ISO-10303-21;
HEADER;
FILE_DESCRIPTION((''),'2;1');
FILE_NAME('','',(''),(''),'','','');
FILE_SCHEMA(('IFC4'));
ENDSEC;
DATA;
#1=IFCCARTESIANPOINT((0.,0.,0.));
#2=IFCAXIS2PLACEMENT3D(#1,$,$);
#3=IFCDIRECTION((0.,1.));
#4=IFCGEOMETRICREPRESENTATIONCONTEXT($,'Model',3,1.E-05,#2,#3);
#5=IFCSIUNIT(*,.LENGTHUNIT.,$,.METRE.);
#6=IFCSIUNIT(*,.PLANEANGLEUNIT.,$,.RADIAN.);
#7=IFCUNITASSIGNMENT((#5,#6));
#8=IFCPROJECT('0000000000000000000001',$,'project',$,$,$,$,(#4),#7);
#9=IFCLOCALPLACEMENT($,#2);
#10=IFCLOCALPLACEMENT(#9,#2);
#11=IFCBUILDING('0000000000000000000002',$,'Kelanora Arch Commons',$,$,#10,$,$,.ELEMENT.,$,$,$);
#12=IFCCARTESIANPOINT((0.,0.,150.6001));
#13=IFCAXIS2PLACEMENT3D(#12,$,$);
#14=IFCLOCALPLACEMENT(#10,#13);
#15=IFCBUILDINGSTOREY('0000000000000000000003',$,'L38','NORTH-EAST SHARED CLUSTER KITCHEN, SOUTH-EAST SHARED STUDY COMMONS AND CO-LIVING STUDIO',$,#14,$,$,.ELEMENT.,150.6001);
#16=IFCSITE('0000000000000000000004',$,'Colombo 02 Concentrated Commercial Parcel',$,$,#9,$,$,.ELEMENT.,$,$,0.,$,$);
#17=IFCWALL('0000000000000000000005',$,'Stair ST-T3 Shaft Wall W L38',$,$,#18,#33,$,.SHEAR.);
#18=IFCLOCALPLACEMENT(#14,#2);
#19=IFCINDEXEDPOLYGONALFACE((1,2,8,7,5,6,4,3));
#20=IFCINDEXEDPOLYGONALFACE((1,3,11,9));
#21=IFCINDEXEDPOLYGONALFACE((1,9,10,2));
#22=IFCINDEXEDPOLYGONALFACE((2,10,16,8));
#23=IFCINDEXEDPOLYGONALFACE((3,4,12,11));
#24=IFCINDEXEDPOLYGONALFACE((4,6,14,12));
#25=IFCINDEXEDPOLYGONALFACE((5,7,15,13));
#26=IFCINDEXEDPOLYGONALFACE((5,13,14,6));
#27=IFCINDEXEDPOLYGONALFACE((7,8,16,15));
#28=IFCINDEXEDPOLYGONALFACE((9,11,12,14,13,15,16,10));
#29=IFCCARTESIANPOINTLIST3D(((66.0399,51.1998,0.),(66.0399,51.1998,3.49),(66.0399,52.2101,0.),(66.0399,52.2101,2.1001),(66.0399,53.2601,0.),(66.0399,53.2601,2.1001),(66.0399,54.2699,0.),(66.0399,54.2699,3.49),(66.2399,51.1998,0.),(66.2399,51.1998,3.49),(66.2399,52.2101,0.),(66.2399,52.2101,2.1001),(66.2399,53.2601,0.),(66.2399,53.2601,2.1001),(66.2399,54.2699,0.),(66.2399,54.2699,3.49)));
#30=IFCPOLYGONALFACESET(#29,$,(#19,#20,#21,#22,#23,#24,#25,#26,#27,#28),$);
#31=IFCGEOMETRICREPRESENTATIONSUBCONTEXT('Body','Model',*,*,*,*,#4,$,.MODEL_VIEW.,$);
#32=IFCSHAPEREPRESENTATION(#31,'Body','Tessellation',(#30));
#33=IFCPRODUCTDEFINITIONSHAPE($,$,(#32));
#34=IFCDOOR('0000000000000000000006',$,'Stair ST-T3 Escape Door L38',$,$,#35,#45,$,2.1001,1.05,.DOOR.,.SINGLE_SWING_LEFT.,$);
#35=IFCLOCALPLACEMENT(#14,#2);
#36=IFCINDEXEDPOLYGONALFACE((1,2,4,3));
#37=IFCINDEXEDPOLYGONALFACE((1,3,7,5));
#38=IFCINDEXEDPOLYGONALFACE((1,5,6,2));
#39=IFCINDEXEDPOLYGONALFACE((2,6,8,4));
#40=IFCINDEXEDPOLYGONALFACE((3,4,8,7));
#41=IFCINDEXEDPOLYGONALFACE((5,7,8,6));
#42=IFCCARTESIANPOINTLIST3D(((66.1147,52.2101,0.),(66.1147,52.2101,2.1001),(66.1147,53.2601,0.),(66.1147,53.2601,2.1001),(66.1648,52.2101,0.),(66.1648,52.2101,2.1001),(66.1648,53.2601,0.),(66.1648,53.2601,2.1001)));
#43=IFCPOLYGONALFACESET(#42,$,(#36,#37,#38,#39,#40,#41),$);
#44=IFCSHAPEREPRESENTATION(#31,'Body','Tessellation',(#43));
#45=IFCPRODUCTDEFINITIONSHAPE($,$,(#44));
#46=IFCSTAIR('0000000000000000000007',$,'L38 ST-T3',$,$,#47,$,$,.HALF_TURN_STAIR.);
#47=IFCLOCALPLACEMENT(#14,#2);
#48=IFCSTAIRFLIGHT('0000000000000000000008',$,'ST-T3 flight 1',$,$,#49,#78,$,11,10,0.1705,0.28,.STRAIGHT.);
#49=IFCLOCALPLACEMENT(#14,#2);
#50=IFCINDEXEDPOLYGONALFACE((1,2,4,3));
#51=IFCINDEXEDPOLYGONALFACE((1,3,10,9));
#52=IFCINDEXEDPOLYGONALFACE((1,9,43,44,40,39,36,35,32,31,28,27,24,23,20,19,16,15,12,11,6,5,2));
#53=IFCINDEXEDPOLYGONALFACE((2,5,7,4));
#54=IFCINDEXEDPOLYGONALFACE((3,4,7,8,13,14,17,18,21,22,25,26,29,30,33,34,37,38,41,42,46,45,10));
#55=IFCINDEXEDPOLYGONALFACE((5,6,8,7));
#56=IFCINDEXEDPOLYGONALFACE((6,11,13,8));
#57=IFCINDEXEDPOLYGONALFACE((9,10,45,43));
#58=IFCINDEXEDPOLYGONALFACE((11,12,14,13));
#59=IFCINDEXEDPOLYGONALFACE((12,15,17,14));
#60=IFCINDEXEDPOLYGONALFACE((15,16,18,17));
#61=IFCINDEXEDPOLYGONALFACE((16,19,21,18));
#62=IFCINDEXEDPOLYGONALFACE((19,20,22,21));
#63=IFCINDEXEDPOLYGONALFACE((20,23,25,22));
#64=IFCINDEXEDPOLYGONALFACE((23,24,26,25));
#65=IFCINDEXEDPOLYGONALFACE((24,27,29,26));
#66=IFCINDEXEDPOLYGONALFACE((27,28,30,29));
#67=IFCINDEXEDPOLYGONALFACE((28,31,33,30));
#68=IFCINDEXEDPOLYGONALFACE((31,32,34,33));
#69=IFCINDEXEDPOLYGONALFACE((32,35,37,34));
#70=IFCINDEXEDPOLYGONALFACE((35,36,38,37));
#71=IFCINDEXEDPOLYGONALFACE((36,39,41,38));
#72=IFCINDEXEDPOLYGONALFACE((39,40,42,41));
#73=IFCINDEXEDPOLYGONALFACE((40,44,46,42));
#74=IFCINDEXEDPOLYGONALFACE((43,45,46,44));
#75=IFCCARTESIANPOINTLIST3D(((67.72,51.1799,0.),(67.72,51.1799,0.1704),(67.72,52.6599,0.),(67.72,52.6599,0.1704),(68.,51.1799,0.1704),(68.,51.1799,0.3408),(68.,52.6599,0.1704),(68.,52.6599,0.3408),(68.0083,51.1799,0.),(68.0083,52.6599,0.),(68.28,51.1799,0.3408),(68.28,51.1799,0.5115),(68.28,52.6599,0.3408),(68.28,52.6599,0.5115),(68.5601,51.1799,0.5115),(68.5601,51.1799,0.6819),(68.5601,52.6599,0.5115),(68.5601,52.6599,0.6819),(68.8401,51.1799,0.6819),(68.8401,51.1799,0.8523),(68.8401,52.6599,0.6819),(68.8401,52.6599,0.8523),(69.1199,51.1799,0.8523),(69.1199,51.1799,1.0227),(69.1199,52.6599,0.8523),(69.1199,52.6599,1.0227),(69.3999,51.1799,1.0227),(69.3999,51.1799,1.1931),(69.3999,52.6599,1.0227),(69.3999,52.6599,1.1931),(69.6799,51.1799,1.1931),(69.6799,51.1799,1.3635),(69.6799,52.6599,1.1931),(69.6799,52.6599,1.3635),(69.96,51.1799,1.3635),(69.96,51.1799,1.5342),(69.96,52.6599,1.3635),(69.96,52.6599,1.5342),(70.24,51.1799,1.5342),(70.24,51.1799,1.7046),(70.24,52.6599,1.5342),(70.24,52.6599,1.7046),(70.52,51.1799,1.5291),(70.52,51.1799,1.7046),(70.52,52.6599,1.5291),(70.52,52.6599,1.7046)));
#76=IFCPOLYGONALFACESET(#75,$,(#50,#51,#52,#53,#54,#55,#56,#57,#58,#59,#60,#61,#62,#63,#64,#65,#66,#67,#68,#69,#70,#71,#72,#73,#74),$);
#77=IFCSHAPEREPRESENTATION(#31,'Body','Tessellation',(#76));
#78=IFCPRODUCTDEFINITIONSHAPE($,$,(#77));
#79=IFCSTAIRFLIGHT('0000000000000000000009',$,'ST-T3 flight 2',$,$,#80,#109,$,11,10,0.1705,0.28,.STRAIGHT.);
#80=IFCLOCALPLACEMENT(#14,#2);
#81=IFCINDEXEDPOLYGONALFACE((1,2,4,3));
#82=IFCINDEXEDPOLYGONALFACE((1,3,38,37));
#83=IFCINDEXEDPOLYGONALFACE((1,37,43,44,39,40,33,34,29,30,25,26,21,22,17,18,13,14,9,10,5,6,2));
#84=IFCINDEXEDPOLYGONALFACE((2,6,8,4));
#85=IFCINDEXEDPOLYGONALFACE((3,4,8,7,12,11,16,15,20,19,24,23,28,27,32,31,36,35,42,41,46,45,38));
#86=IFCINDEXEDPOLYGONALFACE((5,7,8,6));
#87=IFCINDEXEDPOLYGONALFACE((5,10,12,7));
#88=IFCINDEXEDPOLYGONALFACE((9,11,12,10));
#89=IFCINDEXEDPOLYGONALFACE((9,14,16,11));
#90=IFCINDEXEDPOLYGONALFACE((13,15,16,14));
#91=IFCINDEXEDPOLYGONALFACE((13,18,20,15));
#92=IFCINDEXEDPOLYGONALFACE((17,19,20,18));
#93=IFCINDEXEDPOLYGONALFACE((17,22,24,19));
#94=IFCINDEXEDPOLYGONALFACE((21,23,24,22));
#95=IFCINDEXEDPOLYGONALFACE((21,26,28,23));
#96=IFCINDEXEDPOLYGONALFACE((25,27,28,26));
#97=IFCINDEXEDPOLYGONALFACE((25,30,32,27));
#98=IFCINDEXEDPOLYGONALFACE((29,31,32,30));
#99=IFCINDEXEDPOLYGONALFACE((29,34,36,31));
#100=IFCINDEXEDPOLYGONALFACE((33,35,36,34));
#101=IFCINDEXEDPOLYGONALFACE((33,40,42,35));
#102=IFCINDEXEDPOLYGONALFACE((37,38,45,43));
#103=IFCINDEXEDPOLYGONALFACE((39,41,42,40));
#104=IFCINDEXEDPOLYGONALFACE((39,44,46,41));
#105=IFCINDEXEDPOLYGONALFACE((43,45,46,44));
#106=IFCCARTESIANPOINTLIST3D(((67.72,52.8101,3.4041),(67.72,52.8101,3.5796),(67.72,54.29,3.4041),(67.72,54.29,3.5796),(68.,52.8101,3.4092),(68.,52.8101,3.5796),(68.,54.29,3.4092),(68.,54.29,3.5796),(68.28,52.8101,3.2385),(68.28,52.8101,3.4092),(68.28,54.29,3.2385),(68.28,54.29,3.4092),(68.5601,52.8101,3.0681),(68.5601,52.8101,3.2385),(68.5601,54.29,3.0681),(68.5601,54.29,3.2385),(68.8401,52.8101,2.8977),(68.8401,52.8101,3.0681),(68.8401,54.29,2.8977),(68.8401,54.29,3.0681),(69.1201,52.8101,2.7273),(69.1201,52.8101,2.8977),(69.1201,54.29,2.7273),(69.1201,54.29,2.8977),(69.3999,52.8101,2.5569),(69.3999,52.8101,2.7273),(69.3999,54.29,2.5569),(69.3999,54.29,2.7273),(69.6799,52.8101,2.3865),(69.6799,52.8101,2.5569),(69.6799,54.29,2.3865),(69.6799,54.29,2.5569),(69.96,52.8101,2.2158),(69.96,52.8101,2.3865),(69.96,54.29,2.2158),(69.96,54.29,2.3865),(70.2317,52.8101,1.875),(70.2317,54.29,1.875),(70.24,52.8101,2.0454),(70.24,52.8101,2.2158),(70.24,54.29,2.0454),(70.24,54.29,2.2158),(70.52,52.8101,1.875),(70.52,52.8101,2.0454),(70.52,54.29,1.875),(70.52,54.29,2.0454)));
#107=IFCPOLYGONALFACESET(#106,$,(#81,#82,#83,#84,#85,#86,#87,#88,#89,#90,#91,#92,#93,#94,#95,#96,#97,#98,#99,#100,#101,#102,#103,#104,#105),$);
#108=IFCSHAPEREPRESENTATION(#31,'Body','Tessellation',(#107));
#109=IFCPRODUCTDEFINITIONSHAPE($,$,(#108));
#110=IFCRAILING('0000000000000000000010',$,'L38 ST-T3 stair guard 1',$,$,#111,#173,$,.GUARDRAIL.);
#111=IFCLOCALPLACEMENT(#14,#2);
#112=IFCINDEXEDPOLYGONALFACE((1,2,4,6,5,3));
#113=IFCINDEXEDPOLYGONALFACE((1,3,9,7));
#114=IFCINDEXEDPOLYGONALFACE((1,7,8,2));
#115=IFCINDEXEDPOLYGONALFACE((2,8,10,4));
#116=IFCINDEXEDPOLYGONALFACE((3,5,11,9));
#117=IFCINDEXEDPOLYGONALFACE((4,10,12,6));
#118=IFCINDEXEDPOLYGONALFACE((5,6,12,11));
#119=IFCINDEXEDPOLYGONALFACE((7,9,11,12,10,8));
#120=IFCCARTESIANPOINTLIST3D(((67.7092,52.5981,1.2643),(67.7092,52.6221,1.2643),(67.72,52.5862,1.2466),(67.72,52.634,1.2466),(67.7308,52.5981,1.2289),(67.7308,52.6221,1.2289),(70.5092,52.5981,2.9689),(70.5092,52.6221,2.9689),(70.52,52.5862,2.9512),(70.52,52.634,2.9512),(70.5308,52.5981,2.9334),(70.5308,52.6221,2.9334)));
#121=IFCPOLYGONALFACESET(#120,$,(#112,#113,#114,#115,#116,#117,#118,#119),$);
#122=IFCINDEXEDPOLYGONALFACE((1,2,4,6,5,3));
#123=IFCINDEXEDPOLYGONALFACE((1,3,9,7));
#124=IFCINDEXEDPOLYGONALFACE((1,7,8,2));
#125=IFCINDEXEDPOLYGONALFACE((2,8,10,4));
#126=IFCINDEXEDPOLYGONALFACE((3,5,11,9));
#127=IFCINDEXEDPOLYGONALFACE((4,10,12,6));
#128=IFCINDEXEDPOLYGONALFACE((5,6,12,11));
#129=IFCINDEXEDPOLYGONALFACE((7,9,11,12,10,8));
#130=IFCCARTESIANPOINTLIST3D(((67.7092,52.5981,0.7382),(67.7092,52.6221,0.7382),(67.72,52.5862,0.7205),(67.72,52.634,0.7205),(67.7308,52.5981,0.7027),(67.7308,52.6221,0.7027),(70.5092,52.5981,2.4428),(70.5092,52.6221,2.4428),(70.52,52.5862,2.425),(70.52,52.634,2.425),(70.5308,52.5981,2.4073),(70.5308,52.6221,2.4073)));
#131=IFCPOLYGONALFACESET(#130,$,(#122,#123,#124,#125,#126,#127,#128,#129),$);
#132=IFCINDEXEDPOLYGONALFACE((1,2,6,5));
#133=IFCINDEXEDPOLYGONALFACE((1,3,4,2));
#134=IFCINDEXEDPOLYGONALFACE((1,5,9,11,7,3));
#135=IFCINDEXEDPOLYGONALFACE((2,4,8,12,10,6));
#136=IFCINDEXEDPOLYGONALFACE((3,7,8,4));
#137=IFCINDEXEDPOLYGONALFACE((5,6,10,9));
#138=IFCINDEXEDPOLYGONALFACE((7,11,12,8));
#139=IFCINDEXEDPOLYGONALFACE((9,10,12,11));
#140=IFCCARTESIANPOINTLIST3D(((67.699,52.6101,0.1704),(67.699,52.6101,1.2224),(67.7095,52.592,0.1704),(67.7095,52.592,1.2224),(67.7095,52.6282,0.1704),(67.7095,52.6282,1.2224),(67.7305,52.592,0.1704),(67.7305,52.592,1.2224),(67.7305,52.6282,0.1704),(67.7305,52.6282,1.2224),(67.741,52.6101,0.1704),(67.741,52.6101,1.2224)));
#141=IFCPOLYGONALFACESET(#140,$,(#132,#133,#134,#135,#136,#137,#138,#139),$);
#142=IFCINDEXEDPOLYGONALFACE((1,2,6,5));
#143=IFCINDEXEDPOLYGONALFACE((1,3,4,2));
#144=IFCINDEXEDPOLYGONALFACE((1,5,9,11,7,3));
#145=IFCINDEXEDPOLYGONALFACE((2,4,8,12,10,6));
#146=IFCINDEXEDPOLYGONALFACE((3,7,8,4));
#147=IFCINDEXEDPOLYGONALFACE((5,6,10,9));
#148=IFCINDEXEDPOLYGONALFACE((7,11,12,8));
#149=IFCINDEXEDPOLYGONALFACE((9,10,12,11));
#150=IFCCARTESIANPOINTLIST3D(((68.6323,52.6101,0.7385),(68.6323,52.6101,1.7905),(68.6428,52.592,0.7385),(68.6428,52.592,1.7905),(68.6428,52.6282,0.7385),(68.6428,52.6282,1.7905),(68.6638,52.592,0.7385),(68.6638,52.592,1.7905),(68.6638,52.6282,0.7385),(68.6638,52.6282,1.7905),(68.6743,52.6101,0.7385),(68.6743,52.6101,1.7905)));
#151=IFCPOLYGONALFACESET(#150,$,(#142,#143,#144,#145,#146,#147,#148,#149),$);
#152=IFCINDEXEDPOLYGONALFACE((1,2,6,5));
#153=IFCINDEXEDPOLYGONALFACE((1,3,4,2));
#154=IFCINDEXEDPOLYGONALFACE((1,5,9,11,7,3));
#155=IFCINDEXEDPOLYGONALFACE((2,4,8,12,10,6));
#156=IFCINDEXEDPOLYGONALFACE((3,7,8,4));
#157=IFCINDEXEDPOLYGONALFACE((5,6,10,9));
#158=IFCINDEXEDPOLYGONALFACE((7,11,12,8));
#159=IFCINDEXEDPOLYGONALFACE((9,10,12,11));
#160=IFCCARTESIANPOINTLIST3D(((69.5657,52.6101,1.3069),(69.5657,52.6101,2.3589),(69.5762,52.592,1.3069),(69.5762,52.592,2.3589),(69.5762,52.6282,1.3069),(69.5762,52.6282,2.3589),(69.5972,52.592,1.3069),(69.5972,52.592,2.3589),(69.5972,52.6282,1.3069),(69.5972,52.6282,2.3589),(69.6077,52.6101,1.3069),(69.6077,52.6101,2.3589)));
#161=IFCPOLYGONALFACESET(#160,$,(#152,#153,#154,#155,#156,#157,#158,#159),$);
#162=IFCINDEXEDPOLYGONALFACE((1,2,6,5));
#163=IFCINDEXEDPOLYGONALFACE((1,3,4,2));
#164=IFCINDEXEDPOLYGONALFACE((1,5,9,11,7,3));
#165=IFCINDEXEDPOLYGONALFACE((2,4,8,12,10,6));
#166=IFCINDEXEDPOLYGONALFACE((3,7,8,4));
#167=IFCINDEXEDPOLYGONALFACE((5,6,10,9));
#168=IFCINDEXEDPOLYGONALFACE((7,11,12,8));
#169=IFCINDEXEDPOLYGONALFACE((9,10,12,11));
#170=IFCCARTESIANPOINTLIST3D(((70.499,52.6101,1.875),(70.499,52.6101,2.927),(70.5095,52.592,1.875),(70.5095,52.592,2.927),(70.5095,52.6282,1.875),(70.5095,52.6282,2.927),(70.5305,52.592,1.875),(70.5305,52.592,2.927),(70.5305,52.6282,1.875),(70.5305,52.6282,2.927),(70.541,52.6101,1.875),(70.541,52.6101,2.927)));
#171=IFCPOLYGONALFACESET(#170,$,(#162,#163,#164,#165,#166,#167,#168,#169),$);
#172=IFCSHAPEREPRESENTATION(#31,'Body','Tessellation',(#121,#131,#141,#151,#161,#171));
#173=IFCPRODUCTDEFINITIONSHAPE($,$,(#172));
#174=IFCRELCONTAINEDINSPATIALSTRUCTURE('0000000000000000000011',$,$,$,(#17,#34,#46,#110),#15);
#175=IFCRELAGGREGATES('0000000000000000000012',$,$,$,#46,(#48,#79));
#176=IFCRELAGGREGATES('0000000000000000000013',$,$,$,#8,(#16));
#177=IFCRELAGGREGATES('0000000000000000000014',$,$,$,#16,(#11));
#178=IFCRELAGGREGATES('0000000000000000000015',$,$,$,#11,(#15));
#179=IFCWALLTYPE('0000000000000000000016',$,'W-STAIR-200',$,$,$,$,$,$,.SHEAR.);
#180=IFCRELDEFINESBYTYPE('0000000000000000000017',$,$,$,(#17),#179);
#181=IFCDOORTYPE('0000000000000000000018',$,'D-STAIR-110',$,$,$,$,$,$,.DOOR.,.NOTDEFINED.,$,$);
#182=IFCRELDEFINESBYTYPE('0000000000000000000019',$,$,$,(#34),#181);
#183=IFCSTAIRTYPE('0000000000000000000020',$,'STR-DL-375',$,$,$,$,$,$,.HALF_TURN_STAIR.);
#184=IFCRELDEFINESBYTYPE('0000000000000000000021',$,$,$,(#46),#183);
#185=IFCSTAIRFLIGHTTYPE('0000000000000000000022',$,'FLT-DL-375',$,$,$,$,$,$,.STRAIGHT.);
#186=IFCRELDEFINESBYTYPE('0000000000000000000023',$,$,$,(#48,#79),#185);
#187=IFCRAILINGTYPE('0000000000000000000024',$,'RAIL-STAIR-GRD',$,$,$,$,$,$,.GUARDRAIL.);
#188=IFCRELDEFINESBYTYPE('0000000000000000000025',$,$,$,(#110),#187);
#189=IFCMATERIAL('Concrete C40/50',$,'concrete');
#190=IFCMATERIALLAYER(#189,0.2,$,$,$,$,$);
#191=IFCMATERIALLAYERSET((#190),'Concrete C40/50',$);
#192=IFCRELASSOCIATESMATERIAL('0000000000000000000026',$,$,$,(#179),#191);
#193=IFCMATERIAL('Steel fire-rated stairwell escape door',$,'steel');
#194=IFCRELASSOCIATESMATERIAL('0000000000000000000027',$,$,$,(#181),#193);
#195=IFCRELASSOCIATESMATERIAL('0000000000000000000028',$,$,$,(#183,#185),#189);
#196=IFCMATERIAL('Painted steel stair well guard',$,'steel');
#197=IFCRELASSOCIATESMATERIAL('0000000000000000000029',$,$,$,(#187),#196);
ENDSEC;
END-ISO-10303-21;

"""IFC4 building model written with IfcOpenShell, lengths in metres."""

from ifc_helpers import new_model, si_unit, direction, frame, frame_2d, origin, place, context, subcontext, project, spatial, polyline, rectangle, outline, extrude, material, layer, layer_set, type_object, element, fill, aggregate, save


model = new_model("IFC4")

# Units and contexts
model_context = context("Model", 3, precision=1e-05, world=origin(), true_north=direction((0.0, 1.0)))
body_context = subcontext(model_context, "Body", "Model", "MODEL_VIEW")
ifc_project = project(units=[si_unit("LENGTHUNIT", "METRE"), si_unit("PLANEANGLEUNIT", "RADIAN")], contexts=[model_context])

# Site, building, storey
site_placement = place(None, origin())
site = spatial("IfcSite", under=ifc_project, at=site_placement, Name="Colombo 02 Concentrated Commercial Parcel", CompositionType="ELEMENT", RefElevation=0.0)
building_placement = place(site_placement, origin())
building = spatial("IfcBuilding", under=site, at=building_placement, Name="Kelanora Arch Commons", CompositionType="ELEMENT")
storey_placement = place(building_placement, frame((0.0, 0.0, 150.6001)))
storey = spatial("IfcBuildingStorey", under=building, at=storey_placement, Name="L38", Description="NORTH-EAST SHARED CLUSTER KITCHEN, SOUTH-EAST SHARED STUDY COMMONS AND CO-LIVING STUDIO", CompositionType="ELEMENT", Elevation=150.6001)

# Shared definitions
ifc_material_1 = material(Name="Concrete C40/50", Category="concrete")

# Shared definitions
ifc_layer_1 = layer(ifc_material_1, 0.2)
ifc_layer_set_1 = layer_set([ifc_layer_1], Name="Concrete C40/50")
wall_type_1 = type_object("IfcWallType", Name="W-STAIR-200", PredefinedType="SHEAR", material=ifc_layer_set_1)

# Wall, opening, door
wall_1_placement = place(storey_placement, frame((66.1399, 54.27, 0.0), z_axis=(0.0, 0.0, 1.0), x_axis=(0.0, -1.0, 0.0)))
wall_1 = element("IfcWall", 1, at=wall_1_placement, inside=storey, type_object=wall_type_1, Name="Stair ST-T3 Shaft Wall W L38", PredefinedType="SHEAR", context=body_context, shape_type="SweptSolid", body=[
    extrude(rectangle(XDim=3.0701, YDim=0.2, at=frame_2d((1.5352, 0.0))), origin(), (0.0, 0.0, 1.0), 3.49),
])
opening_1_placement = place(wall_1_placement, frame((1.01, 0.0, 0.0)))
opening_1 = element("IfcOpeningElement", 2, at=opening_1_placement, cuts=wall_1, PredefinedType="OPENING", context=body_context, shape_type="SweptSolid", body=[
    extrude(rectangle(XDim=1.05, YDim=2.1001, at=frame_2d((0.5249, 1.05))), frame((0.0, 0.1099, 0.0), z_axis=(0.0, -1.0, 0.0), x_axis=(1.0, 0.0, 0.0)), (0.0, 0.0, 1.0), 0.22),
])
ifc_material_2 = material(Name="Steel fire-rated stairwell escape door", Category="steel")
door_type_1 = type_object("IfcDoorType", Name="D-STAIR-110", OperationType="NOTDEFINED", PredefinedType="DOOR", material=ifc_material_2)
door_1_placement = place(opening_1_placement, origin())
door_1 = element("IfcDoor", 3, at=door_1_placement, inside=storey, type_object=door_type_1, Name="Stair ST-T3 Escape Door L38", OperationType="SINGLE_SWING_LEFT", OverallHeight=2.1001, OverallWidth=1.05, PredefinedType="DOOR", context=body_context, shape_type="SweptSolid", body=[
    extrude(rectangle(XDim=1.05, YDim=2.1001, at=frame_2d((0.5249, 1.05))), frame((0.0, 0.0249, 0.0), z_axis=(0.0, -1.0, 0.0), x_axis=(1.0, 0.0, 0.0)), (0.0, 0.0, 1.0), 0.05),
])
fill(opening_1, door_1)

# Stair, stair flights
stair_type = type_object("IfcStairType", Name="STR-DL-375", PredefinedType="HALF_TURN_STAIR", material=ifc_material_1)
stair_placement = place(storey_placement, origin())
stair = element("IfcStair", 4, at=stair_placement, inside=storey, type_object=stair_type, Name="L38 ST-T3", PredefinedType="HALF_TURN_STAIR")
stair_flight_type = type_object("IfcStairFlightType", Name="FLT-DL-375", PredefinedType="STRAIGHT", material=ifc_material_1)
stair_flight_1_placement = place(storey_placement, frame((67.72, 51.9199, 0.0), z_axis=(0.0, 0.0, 1.0), x_axis=(1.0, 0.0, 0.0)))
stair_flight_1 = element("IfcStairFlight", 5, at=stair_flight_1_placement, type_object=stair_flight_type, Name="ST-T3 flight 1", NumberOfRisers=11, NumberOfTreads=10, PredefinedType="STRAIGHT", RiserHeight=0.1705, TreadLength=0.28, context=body_context, shape_type="SweptSolid", body=[
    extrude(outline(polyline([(0.0, 0.0), (0.0, 0.1704), (0.28, 0.1704), (0.28, 0.3408), (0.5601, 0.3408), (0.5601, 0.5115), (0.8401, 0.5115), (0.8401, 0.6819), (1.1201, 0.6819), (1.1201, 0.8523), (1.3999, 0.8523), (1.3999, 1.0227), (1.6799, 1.0227), (1.6799, 1.1931), (1.96, 1.1931), (1.96, 1.3635), (2.24, 1.3635), (2.24, 1.5342), (2.52, 1.5342), (2.52, 1.7046), (2.8, 1.7046), (2.8, 1.875), (2.8, 1.5291), (0.2883, 0.0), (0.0, 0.0)])), frame((0.0, 0.74, 0.0), z_axis=(0.0, -1.0, 0.0), x_axis=(1.0, 0.0, 0.0)), (0.0, 0.0, 1.0), 1.48),
])
stair_flight_2_placement = place(storey_placement, frame((70.52, 53.55, 1.875), z_axis=(0.0, 0.0, 1.0), x_axis=(-1.0, 0.0, 0.0)))
stair_flight_2 = element("IfcStairFlight", 6, at=stair_flight_2_placement, type_object=stair_flight_type, Name="ST-T3 flight 2", NumberOfRisers=11, NumberOfTreads=10, PredefinedType="STRAIGHT", RiserHeight=0.1705, TreadLength=0.28, context=body_context, shape_type="SweptSolid", body=[
    extrude(outline(polyline([(0.0, 0.0), (0.0, 0.1704), (0.28, 0.1704), (0.28, 0.3408), (0.5601, 0.3408), (0.5601, 0.5115), (0.8401, 0.5115), (0.8401, 0.6819), (1.1201, 0.6819), (1.1201, 0.8523), (1.3999, 0.8523), (1.3999, 1.0227), (1.6799, 1.0227), (1.6799, 1.1931), (1.96, 1.1931), (1.96, 1.3635), (2.24, 1.3635), (2.24, 1.5342), (2.52, 1.5342), (2.52, 1.7046), (2.8, 1.7046), (2.8, 1.875), (2.8, 1.5291), (0.2883, 0.0), (0.0, 0.0)])), frame((0.0, 0.74, 0.0), z_axis=(0.0, -1.0, 0.0), x_axis=(1.0, 0.0, 0.0)), (0.0, 0.0, 1.0), 1.48),
])
aggregate(stair, [stair_flight_1, stair_flight_2])

# Railing
ifc_material_3 = material(Name="Painted steel stair well guard", Category="steel")
railing_type_1 = type_object("IfcRailingType", Name="RAIL-STAIR-GRD", PredefinedType="GUARDRAIL", material=ifc_material_3)
railing_1_placement = place(storey_placement, frame((67.72, 52.6101, 0.1704)))
element("IfcRailing", 7, at=railing_1_placement, inside=storey, type_object=railing_type_1, Name="L38 ST-T3 stair guard 1", PredefinedType="GUARDRAIL", context=body_context, shape_type="SweptSolid", body=[
    extrude(outline(polyline([(0.0239, 0.0), (0.012, 0.0208), (-0.012, 0.0208), (-0.0239, 0.0), (-0.012, -0.0208), (0.012, -0.0208), (0.0239, 0.0)])), frame((0.0, 0.0, 1.0762), z_axis=(0.85417, 0.0, 0.519994), x_axis=(0.0, 1.0, 0.0)), (0.0, 0.0, 1.0), 3.2781),
    extrude(outline(polyline([(0.0239, 0.0), (0.012, 0.0208), (-0.012, 0.0208), (-0.0239, 0.0), (-0.012, -0.0208), (0.012, -0.0208), (0.0239, 0.0)])), frame((0.0, 0.0, 0.55), z_axis=(0.85417, 0.0, 0.519994), x_axis=(0.0, 1.0, 0.0)), (0.0, 0.0, 1.0), 3.2781),
    extrude(outline(polyline([(0.021, 0.0), (0.0105, 0.0181), (-0.0105, 0.0181), (-0.021, 0.0), (-0.0105, -0.0181), (0.0105, -0.0181), (0.021, 0.0)])), origin(), (0.0, 0.0, 1.0), 1.052),
    extrude(outline(polyline([(0.021, 0.0), (0.0105, 0.0181), (-0.0105, 0.0181), (-0.021, 0.0), (-0.0105, -0.0181), (0.0105, -0.0181), (0.021, 0.0)])), frame((0.9333, 0.0, 0.5681)), (0.0, 0.0, 1.0), 1.052),
    extrude(outline(polyline([(0.021, 0.0), (0.0105, 0.0181), (-0.0105, 0.0181), (-0.021, 0.0), (-0.0105, -0.0181), (0.0105, -0.0181), (0.021, 0.0)])), frame((1.8667, 0.0, 1.1365)), (0.0, 0.0, 1.0), 1.052),
    extrude(outline(polyline([(0.021, 0.0), (0.0105, 0.0181), (-0.0105, 0.0181), (-0.021, 0.0), (-0.0105, -0.0181), (0.0105, -0.0181), (0.021, 0.0)])), frame((2.8, 0.0, 1.7046)), (0.0, 0.0, 1.0), 1.052),
])

save(model, "model.ifc")
